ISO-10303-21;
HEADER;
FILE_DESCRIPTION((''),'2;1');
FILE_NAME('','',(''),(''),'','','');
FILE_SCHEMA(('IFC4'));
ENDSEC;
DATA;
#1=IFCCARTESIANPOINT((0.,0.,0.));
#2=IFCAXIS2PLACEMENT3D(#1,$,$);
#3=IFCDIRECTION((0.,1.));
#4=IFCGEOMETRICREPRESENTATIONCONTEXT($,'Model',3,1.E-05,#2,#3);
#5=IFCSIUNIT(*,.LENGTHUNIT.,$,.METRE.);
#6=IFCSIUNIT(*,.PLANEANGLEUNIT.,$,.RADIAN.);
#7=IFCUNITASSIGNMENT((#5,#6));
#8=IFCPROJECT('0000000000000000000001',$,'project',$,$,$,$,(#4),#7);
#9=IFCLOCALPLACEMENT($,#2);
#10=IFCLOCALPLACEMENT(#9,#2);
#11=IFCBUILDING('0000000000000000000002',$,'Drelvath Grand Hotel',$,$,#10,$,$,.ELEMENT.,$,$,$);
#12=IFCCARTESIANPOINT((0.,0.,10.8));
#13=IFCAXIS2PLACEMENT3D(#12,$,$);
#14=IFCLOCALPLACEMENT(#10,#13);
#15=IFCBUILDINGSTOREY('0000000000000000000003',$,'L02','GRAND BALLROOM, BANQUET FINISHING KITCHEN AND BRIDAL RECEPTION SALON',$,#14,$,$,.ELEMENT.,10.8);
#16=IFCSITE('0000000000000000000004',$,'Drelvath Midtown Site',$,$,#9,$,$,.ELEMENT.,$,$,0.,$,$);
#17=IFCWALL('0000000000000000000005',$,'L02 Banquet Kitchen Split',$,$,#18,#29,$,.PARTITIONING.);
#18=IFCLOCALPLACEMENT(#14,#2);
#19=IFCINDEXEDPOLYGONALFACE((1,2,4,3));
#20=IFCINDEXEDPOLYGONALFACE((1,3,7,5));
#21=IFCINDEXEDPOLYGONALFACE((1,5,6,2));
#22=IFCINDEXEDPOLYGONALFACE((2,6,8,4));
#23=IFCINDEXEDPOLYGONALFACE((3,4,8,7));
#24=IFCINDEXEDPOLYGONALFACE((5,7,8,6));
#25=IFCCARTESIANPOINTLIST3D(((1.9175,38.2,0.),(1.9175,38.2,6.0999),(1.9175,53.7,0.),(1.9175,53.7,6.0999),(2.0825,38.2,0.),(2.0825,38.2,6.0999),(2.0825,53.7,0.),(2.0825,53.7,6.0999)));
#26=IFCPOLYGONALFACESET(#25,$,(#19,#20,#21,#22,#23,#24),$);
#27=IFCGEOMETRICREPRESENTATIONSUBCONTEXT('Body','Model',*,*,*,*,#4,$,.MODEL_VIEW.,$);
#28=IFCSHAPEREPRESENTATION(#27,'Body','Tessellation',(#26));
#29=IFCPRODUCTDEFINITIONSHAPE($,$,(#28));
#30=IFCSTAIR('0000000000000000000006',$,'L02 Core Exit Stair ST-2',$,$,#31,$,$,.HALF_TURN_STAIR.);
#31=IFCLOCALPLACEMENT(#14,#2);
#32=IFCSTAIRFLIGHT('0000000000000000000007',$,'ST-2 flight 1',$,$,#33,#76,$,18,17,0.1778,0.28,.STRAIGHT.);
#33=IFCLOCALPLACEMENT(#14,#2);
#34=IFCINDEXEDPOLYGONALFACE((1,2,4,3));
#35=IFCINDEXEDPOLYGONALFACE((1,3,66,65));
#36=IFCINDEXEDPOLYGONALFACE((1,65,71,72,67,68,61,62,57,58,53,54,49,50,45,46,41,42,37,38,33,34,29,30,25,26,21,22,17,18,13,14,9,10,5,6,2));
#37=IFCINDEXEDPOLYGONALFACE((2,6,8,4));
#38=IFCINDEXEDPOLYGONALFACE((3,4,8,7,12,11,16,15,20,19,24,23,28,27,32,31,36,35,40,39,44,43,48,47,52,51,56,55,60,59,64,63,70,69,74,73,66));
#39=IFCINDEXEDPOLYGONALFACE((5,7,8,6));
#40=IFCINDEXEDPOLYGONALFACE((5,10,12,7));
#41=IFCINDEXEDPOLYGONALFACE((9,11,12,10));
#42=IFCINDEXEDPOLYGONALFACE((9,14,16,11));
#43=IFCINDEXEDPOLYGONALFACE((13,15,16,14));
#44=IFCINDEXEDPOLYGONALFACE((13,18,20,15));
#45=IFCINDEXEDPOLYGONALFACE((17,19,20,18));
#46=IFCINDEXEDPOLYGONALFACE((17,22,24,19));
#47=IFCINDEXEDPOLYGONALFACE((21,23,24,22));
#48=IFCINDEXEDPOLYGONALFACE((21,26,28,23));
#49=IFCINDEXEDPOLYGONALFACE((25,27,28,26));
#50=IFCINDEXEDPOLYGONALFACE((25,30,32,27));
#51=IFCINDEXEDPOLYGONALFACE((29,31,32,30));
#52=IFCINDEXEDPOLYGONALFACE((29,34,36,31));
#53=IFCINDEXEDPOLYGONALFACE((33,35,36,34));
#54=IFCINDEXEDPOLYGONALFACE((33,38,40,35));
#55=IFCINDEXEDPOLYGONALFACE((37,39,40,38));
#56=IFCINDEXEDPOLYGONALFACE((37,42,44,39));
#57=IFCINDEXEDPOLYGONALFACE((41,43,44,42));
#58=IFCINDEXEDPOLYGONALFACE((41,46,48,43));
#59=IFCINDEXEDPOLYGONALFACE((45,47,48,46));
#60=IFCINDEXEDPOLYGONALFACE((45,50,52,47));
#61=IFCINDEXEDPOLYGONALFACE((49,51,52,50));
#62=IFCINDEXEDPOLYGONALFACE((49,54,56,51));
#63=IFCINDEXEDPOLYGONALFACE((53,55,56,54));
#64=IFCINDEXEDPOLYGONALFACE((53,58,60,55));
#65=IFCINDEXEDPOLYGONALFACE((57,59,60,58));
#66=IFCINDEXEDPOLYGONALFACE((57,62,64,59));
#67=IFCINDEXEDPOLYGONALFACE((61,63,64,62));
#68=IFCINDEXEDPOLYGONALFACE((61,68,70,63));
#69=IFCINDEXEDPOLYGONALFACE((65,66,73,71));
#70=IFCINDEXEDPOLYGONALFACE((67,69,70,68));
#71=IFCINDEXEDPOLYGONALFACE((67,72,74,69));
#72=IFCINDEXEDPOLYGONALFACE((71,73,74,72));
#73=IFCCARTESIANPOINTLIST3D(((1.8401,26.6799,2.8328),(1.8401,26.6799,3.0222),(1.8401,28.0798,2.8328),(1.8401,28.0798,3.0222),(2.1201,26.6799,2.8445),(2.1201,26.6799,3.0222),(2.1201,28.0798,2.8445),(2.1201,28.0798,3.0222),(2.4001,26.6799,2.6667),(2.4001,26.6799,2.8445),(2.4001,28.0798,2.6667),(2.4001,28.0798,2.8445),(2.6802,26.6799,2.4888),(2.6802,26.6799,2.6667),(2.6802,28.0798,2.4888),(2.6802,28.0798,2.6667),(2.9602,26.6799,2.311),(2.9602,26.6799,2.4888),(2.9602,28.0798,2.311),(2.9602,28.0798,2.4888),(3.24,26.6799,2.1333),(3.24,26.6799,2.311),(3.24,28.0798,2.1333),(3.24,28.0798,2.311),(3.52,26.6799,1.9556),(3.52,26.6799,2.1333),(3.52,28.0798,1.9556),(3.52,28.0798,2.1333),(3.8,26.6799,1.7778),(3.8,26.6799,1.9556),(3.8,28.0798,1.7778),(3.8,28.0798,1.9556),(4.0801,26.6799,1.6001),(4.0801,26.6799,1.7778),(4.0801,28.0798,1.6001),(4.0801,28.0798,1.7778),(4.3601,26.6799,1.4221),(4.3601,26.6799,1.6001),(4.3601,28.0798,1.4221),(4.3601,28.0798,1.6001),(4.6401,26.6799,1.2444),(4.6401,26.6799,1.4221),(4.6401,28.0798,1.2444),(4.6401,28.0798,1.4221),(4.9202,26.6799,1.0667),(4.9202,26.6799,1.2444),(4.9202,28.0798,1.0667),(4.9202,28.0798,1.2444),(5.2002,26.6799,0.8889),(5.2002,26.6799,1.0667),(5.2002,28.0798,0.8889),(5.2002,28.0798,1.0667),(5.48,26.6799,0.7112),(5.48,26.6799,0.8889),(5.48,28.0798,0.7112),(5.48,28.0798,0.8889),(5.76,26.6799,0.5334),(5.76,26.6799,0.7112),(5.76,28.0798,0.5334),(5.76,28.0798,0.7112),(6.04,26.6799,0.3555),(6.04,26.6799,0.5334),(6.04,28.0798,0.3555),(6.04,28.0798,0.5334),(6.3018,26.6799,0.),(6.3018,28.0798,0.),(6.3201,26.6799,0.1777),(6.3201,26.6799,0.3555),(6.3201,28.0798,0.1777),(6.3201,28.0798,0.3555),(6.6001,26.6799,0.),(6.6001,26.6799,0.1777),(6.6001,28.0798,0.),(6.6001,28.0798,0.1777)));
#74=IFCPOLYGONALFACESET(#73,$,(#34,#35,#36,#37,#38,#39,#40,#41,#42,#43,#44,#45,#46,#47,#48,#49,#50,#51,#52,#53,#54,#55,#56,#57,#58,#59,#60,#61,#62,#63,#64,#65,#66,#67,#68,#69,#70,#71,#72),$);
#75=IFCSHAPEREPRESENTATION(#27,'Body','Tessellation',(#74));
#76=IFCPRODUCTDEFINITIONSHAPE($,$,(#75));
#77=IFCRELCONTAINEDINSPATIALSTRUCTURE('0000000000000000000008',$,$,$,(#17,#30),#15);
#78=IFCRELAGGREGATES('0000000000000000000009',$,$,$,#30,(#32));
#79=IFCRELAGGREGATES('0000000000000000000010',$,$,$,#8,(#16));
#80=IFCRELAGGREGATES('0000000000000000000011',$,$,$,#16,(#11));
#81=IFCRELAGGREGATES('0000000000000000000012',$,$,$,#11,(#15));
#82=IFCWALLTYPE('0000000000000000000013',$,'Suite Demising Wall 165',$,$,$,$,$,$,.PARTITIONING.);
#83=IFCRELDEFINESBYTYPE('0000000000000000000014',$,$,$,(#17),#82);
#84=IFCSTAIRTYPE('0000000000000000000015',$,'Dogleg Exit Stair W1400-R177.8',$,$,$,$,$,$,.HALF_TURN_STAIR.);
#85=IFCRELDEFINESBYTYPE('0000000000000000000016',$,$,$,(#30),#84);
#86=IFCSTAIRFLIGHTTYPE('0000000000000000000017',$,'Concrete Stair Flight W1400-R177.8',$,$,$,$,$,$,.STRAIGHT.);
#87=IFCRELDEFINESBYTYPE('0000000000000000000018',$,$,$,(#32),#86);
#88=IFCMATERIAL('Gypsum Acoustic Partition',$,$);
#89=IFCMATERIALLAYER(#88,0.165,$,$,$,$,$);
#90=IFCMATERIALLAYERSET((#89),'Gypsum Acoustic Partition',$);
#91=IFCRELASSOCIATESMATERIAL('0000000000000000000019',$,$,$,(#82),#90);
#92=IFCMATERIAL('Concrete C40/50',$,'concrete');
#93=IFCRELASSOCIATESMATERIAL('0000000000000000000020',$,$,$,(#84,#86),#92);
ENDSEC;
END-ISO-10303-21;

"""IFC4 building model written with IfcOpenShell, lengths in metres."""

from ifc_helpers import new_model, si_unit, direction, frame, frame_2d, origin, place, context, subcontext, project, spatial, polyline, rectangle, outline, extrude, material, layer, layer_set, type_object, element, aggregate, save


model = new_model("IFC4")

# Units and contexts
model_context = context("Model", 3, precision=1e-05, world=origin(), true_north=direction((0.0, 1.0)))
body_context = subcontext(model_context, "Body", "Model", "MODEL_VIEW")
ifc_project = project(units=[si_unit("LENGTHUNIT", "METRE"), si_unit("PLANEANGLEUNIT", "RADIAN")], contexts=[model_context])

# Site, building, storey
site_placement = place(None, origin())
site = spatial("IfcSite", under=ifc_project, at=site_placement, Name="Drelvath Midtown Site", CompositionType="ELEMENT", RefElevation=0.0)
building_placement = place(site_placement, origin())
building = spatial("IfcBuilding", under=site, at=building_placement, Name="Drelvath Grand Hotel", CompositionType="ELEMENT")
storey_placement = place(building_placement, frame((0.0, 0.0, 10.8)))
storey = spatial("IfcBuildingStorey", under=building, at=storey_placement, Name="L02", Description="GRAND BALLROOM, BANQUET FINISHING KITCHEN AND BRIDAL RECEPTION SALON", CompositionType="ELEMENT", Elevation=10.8)

# Shared definitions
ifc_material_1 = material(Name="Concrete C40/50", Category="concrete")

# Shared definitions
ifc_material_2 = material(Name="Gypsum Acoustic Partition")
ifc_layer_1 = layer(ifc_material_2, 0.165)
ifc_layer_set_1 = layer_set([ifc_layer_1], Name="Gypsum Acoustic Partition")
wall_type_1 = type_object("IfcWallType", Name="Suite Demising Wall 165", PredefinedType="PARTITIONING", material=ifc_layer_set_1)

# Wall
wall_1_placement = place(storey_placement, frame((2.0, 38.2, 0.0), z_axis=(0.0, 0.0, 1.0), x_axis=(0.0, 1.0, 0.0)))
element("IfcWall", 1, at=wall_1_placement, inside=storey, type_object=wall_type_1, Name="L02 Banquet Kitchen Split", PredefinedType="PARTITIONING", context=body_context, shape_type="SweptSolid", body=[
    extrude(rectangle(XDim=15.5, YDim=0.165, at=frame_2d((7.75, 0.0))), origin(), (0.0, 0.0, 1.0), 6.0999),
])

# Stair, stair flight
stair_type = type_object("IfcStairType", Name="Dogleg Exit Stair W1400-R177.8", PredefinedType="HALF_TURN_STAIR", material=ifc_material_1)
stair_placement = place(storey_placement, origin())
stair = element("IfcStair", 2, at=stair_placement, inside=storey, type_object=stair_type, Name="L02 Core Exit Stair ST-2", PredefinedType="HALF_TURN_STAIR")
stair_flight_type = type_object("IfcStairFlightType", Name="Concrete Stair Flight W1400-R177.8", PredefinedType="STRAIGHT", material=ifc_material_1)
stair_flight_placement = place(storey_placement, frame((6.6001, 27.3799, 0.0), z_axis=(0.0, 0.0, 1.0), x_axis=(-1.0, 0.0, 0.0)))
stair_flight = element("IfcStairFlight", 3, at=stair_flight_placement, type_object=stair_flight_type, Name="ST-2 flight 1", NumberOfRisers=18, NumberOfTreads=17, PredefinedType="STRAIGHT", RiserHeight=0.1778, TreadLength=0.28, context=body_context, shape_type="SweptSolid", body=[
    extrude(outline(polyline([(0.0, 0.0), (0.0, 0.1777), (0.28, 0.1777), (0.28, 0.3555), (0.5601, 0.3555), (0.5601, 0.5334), (0.8401, 0.5334), (0.8401, 0.7112), (1.1201, 0.7112), (1.1201, 0.8889), (1.3999, 0.8889), (1.3999, 1.0667), (1.6799, 1.0667), (1.6799, 1.2444), (1.96, 1.2444), (1.96, 1.4221), (2.24, 1.4221), (2.24, 1.6001), (2.52, 1.6001), (2.52, 1.7778), (2.8, 1.7778), (2.8, 1.9556), (3.0801, 1.9556), (3.0801, 2.1333), (3.3601, 2.1333), (3.3601, 2.311), (3.6399, 2.311), (3.6399, 2.4888), (3.9199, 2.4888), (3.9199, 2.6667), (4.2, 2.6667), (4.2, 2.8445), (4.48, 2.8445), (4.48, 3.0222), (4.76, 3.0222), (4.76, 3.2), (4.76, 2.8328), (0.2983, 0.0), (0.0, 0.0)])), frame((0.0, 0.7, 0.0), z_axis=(0.0, -1.0, 0.0), x_axis=(1.0, 0.0, 0.0)), (0.0, 0.0, 1.0), 1.3999),
])
aggregate(stair, [stair_flight])

save(model, "model.ifc")
